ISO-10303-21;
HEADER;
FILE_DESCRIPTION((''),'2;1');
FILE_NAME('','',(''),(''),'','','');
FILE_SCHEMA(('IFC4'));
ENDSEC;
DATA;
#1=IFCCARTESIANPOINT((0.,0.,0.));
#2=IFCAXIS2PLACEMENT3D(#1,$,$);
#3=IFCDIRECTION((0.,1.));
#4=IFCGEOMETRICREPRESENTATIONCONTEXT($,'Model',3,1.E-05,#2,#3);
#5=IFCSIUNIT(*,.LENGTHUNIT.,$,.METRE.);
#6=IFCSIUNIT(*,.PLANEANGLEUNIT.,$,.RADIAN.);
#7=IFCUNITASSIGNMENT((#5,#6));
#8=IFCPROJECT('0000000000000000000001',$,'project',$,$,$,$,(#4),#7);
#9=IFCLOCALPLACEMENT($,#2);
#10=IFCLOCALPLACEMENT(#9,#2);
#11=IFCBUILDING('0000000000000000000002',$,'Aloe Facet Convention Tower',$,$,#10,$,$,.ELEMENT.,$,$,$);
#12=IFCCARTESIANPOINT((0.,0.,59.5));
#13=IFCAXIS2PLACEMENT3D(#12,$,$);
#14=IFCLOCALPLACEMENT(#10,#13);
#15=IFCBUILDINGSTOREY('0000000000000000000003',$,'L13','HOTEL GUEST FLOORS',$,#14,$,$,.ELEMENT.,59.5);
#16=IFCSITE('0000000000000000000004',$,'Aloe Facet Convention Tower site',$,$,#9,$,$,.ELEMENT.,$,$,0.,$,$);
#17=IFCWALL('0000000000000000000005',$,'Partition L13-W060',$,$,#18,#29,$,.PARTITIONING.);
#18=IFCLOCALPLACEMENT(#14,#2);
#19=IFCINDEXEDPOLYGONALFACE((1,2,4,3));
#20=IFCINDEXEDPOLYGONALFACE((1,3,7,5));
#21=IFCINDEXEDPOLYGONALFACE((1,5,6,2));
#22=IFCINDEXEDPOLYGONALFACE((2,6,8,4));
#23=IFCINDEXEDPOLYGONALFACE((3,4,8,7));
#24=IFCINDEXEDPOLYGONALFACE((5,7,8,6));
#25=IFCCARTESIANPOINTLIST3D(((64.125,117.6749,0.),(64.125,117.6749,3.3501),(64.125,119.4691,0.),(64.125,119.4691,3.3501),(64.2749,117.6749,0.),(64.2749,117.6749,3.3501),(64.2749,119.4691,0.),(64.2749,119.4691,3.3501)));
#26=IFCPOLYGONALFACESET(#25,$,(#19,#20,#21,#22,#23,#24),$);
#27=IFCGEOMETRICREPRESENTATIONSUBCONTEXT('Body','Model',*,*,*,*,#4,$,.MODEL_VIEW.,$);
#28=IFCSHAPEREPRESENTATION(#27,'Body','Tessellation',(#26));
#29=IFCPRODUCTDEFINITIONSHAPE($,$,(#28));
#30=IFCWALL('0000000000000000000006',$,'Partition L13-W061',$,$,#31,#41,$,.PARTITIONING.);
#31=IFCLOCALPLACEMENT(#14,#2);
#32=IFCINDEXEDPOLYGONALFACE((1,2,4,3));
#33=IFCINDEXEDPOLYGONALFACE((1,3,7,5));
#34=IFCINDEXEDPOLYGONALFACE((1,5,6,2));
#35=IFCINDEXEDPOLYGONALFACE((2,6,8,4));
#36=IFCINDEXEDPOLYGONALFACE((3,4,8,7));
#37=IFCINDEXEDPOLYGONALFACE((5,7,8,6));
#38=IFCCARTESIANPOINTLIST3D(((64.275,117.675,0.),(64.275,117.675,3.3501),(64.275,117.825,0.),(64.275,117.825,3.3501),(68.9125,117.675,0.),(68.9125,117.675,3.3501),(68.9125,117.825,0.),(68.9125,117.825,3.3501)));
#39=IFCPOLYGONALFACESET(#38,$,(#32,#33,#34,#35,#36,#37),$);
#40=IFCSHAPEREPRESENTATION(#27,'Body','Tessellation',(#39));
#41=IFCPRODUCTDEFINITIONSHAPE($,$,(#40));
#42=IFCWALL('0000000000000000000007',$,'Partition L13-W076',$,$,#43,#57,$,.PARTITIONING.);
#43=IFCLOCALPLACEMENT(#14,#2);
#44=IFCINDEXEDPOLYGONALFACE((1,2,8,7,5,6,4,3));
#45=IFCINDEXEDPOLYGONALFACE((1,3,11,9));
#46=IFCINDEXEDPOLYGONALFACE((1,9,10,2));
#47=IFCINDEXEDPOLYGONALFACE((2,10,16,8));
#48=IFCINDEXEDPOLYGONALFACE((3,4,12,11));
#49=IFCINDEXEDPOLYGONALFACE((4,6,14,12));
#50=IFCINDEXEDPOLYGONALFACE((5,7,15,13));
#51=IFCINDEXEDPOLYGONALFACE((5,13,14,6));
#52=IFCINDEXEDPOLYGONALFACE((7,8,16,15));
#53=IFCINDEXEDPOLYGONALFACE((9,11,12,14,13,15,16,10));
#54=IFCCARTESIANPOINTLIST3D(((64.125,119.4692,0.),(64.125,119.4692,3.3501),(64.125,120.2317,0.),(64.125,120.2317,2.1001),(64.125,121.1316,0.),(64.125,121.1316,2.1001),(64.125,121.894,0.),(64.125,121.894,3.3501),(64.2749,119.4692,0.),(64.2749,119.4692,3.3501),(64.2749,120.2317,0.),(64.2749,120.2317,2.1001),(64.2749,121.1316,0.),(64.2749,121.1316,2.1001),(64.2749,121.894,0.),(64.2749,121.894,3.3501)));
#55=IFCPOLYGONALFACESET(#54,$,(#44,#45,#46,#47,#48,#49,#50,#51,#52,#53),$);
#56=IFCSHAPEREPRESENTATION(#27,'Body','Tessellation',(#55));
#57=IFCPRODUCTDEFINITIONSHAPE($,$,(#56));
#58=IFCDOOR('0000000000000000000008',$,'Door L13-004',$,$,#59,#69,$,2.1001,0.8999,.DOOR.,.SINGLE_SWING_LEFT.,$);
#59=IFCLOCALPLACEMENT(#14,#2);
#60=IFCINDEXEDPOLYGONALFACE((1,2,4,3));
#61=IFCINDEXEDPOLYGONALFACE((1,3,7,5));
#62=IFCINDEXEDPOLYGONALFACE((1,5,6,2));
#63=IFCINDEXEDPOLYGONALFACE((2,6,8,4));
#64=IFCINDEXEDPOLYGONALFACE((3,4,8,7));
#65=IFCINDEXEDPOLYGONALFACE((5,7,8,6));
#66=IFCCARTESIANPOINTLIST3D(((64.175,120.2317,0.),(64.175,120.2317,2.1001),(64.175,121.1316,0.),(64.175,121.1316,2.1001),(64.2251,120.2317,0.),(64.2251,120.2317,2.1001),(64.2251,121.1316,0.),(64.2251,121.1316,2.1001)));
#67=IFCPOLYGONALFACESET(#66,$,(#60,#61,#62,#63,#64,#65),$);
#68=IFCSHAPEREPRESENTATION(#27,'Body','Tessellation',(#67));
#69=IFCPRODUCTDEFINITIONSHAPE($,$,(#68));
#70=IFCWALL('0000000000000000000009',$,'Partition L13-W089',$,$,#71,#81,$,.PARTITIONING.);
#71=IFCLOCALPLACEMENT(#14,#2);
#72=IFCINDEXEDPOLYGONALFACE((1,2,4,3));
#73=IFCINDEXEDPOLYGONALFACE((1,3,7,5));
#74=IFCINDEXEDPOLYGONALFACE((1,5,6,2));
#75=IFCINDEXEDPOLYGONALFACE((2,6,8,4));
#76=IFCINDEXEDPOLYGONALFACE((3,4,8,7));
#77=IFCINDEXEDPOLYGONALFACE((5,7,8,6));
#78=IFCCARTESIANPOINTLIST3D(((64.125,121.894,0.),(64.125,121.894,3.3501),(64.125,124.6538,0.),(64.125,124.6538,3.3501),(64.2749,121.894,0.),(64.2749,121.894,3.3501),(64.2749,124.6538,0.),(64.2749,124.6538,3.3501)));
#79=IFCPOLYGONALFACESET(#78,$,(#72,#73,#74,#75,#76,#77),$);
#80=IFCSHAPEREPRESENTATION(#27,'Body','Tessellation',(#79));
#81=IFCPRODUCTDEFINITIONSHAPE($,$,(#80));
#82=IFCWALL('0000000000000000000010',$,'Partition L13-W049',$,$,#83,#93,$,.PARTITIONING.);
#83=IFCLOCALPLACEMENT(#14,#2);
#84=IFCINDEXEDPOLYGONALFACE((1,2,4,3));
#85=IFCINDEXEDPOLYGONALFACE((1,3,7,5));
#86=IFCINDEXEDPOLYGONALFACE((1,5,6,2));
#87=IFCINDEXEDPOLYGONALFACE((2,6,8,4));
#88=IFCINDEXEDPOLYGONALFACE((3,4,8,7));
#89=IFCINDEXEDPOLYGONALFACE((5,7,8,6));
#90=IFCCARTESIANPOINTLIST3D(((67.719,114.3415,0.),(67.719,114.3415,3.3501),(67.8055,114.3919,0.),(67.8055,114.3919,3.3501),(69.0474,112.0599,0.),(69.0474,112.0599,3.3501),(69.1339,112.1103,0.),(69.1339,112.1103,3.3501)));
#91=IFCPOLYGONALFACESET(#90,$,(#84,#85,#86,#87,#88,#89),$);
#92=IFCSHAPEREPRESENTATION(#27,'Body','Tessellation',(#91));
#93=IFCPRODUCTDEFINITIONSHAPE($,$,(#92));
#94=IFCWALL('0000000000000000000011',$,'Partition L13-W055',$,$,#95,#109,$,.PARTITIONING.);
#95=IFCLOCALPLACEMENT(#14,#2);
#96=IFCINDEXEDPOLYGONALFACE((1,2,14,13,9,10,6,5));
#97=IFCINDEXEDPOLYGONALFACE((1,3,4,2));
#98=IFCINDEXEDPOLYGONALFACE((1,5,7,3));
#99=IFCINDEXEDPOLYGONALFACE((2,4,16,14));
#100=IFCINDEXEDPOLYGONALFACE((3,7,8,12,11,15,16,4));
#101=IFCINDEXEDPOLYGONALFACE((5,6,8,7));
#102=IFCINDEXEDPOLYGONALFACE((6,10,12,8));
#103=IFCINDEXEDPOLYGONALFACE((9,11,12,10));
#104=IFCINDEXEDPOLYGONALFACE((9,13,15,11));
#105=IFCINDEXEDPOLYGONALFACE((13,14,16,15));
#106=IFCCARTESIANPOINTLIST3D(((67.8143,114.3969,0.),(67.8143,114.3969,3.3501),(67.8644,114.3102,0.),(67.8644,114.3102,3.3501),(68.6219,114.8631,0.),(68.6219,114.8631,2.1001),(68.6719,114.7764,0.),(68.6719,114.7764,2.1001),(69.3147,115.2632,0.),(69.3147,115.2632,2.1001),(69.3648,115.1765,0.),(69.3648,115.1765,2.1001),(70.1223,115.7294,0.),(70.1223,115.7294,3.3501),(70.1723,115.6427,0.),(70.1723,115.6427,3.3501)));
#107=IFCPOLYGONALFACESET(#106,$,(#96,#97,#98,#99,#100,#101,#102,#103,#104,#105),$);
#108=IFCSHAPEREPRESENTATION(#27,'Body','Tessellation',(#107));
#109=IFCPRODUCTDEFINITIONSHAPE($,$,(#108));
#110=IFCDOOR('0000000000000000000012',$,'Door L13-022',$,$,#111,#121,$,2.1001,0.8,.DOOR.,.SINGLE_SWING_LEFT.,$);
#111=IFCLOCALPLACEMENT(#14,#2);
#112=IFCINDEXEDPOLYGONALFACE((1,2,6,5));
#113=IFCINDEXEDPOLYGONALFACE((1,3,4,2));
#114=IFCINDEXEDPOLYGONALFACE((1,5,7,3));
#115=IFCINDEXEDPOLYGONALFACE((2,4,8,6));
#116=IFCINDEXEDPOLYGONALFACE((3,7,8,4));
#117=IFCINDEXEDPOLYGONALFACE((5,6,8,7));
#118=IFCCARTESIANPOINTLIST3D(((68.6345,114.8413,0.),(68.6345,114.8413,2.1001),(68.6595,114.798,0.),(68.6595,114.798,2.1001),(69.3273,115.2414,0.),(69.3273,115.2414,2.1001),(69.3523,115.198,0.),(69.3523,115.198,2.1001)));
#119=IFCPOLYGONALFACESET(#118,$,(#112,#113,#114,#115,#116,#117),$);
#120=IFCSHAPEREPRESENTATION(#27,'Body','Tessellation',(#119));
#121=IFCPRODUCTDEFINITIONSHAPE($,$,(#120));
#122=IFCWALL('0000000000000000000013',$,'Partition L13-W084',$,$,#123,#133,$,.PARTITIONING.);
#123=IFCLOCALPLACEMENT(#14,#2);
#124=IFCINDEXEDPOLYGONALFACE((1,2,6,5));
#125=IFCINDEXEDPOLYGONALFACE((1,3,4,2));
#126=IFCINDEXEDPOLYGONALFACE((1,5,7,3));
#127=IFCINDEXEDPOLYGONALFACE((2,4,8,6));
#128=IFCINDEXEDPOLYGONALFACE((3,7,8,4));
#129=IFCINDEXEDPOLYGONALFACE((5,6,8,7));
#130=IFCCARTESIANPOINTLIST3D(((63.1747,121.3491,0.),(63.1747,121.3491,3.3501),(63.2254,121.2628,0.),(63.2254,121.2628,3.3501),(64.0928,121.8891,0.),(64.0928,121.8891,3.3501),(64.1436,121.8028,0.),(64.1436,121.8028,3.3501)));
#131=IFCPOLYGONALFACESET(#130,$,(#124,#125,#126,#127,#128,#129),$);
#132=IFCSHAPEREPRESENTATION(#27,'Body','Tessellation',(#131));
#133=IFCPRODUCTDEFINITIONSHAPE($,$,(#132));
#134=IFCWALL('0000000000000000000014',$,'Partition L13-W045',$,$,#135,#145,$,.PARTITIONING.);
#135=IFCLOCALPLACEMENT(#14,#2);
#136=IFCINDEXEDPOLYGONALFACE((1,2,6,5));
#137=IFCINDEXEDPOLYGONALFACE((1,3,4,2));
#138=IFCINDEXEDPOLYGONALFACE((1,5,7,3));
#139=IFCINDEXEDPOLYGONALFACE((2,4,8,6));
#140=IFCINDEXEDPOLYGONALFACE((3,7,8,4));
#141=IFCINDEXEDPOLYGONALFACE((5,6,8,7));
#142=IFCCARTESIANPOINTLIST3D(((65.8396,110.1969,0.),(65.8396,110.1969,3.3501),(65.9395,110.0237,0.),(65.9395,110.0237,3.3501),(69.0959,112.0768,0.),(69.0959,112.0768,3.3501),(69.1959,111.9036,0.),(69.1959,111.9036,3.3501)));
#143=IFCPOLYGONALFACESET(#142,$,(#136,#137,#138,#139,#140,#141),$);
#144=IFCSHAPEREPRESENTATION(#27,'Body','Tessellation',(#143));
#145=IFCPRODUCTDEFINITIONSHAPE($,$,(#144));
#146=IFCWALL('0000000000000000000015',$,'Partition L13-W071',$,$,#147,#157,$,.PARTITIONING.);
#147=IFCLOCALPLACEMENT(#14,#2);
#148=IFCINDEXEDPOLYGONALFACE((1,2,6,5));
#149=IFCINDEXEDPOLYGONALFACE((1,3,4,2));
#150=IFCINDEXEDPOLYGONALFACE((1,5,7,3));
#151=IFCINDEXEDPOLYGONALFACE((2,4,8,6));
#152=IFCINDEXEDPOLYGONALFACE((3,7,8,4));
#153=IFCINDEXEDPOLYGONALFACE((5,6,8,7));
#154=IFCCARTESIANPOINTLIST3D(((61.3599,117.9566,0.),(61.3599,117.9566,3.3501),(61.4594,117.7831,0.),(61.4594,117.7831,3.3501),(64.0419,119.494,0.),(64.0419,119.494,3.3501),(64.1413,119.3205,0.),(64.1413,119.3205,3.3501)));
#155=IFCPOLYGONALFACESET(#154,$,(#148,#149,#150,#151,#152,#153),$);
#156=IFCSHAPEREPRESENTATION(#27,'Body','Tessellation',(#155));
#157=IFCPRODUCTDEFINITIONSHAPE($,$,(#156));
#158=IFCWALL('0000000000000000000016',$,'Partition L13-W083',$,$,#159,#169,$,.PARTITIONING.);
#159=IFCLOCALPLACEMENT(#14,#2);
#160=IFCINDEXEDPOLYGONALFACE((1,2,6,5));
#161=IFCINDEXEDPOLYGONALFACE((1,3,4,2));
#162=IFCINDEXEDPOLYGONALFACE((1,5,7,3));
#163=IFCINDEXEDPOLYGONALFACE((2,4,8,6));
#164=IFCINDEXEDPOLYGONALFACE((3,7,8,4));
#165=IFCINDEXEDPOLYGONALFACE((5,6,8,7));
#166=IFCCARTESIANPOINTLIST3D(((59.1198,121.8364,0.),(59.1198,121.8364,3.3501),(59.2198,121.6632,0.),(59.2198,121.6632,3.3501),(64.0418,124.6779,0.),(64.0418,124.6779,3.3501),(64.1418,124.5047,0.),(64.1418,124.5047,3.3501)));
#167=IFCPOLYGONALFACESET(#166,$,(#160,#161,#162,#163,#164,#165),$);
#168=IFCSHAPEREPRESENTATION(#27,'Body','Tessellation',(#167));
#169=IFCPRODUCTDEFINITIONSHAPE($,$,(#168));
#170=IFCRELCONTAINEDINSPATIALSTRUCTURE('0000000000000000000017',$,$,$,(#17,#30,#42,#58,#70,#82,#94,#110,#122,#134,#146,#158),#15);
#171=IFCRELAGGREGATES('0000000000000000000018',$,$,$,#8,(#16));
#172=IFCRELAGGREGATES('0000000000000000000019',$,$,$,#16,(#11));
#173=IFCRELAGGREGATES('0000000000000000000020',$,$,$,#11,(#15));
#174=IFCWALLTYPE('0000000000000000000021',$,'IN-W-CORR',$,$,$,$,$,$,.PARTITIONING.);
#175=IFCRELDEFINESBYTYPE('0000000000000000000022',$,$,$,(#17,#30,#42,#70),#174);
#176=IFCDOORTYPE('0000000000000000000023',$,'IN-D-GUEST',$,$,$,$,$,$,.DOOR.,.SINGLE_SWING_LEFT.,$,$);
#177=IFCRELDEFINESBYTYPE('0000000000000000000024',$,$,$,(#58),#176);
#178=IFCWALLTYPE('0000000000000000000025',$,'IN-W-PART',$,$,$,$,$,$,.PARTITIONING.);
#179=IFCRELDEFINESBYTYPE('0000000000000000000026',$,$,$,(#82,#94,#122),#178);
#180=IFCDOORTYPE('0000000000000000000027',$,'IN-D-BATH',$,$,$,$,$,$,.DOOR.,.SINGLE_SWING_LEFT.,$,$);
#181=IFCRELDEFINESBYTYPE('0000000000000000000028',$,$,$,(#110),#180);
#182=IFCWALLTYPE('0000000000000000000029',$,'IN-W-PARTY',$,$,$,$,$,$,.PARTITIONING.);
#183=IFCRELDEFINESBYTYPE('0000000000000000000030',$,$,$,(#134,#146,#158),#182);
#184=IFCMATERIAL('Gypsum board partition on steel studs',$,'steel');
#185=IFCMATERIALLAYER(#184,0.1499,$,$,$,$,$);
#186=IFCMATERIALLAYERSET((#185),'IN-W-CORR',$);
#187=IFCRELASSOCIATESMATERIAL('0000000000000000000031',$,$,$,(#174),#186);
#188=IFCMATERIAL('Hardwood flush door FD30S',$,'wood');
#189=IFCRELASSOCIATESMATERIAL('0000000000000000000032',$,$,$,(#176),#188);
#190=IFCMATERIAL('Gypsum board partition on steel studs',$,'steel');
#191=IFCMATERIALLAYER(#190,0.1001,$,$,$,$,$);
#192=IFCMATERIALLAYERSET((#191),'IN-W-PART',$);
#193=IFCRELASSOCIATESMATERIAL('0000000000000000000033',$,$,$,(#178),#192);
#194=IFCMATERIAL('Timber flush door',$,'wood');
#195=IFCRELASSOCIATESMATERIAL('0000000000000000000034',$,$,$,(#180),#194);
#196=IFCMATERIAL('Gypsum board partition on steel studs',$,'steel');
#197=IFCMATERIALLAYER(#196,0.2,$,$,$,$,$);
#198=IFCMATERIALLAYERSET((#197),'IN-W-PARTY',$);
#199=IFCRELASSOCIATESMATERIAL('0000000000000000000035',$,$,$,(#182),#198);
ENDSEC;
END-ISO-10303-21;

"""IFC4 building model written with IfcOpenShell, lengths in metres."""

from ifc_helpers import new_model, si_unit, direction, frame, frame_2d, origin, place, context, subcontext, project, spatial, rectangle, extrude, material, layer, layer_set, type_object, element, fill, save


model = new_model("IFC4")

# Units and contexts
model_context = context("Model", 3, precision=1e-05, world=origin(), true_north=direction((0.0, 1.0)))
body_context = subcontext(model_context, "Body", "Model", "MODEL_VIEW")
ifc_project = project(units=[si_unit("LENGTHUNIT", "METRE"), si_unit("PLANEANGLEUNIT", "RADIAN")], contexts=[model_context])

# Site, building, storey
site_placement = place(None, origin())
site = spatial("IfcSite", under=ifc_project, at=site_placement, Name="Aloe Facet Convention Tower site", CompositionType="ELEMENT", RefElevation=0.0)
building_placement = place(site_placement, origin())
building = spatial("IfcBuilding", under=site, at=building_placement, Name="Aloe Facet Convention Tower", CompositionType="ELEMENT")
storey_placement = place(building_placement, frame((0.0, 0.0, 59.5)))
storey = spatial("IfcBuildingStorey", under=building, at=storey_placement, Name="L13", Description="HOTEL GUEST FLOORS", CompositionType="ELEMENT", Elevation=59.5)

# Walls
ifc_material_1 = material(Name="Gypsum board partition on steel studs", Category="steel")
ifc_layer_1 = layer(ifc_material_1, 0.1499)
ifc_layer_set_1 = layer_set([ifc_layer_1], Name="IN-W-CORR")
wall_type_1 = type_object("IfcWallType", Name="IN-W-CORR", PredefinedType="PARTITIONING", material=ifc_layer_set_1)
wall_1_placement = place(storey_placement, frame((64.2, 117.675, 0.0), z_axis=(0.0, 0.0, 1.0), x_axis=(0.0, 1.0, 0.0)))
element("IfcWall", 1, at=wall_1_placement, inside=storey, type_object=wall_type_1, Name="Partition L13-W060", PredefinedType="PARTITIONING", context=body_context, shape_type="SweptSolid", body=[
    extrude(rectangle(XDim=1.7942, YDim=0.1499, at=frame_2d((0.897, 0.0))), origin(), (0.0, 0.0, 1.0), 3.3501),
])
wall_2_placement = place(storey_placement, frame((64.2749, 117.75, 0.0), z_axis=(0.0, 0.0, 1.0), x_axis=(1.0, 0.0, 0.0)))
element("IfcWall", 2, at=wall_2_placement, inside=storey, type_object=wall_type_1, Name="Partition L13-W061", PredefinedType="PARTITIONING", context=body_context, shape_type="SweptSolid", body=[
    extrude(rectangle(XDim=4.6375, YDim=0.1499, at=frame_2d((2.3188, 0.0))), origin(), (0.0, 0.0, 1.0), 3.3501),
])

# Wall, opening, door
wall_3_placement = place(storey_placement, frame((64.2, 119.4692, 0.0), z_axis=(0.0, 0.0, 1.0), x_axis=(0.0, 1.0, 0.0)))
wall_3 = element("IfcWall", 3, at=wall_3_placement, inside=storey, type_object=wall_type_1, Name="Partition L13-W076", PredefinedType="PARTITIONING", context=body_context, shape_type="SweptSolid", body=[
    extrude(rectangle(XDim=2.4248, YDim=0.1499, at=frame_2d((1.2124, 0.0))), origin(), (0.0, 0.0, 1.0), 3.3501),
])
opening_1_placement = place(wall_3_placement, frame((0.7625, 0.0, 0.0)))
opening_1 = element("IfcOpeningElement", 4, at=opening_1_placement, cuts=wall_3, PredefinedType="OPENING", context=body_context, shape_type="SweptSolid", body=[
    extrude(rectangle(XDim=0.8999, YDim=2.1001, at=frame_2d((0.45, 1.05))), frame((0.0, 0.085, 0.0), z_axis=(0.0, -1.0, 0.0), x_axis=(1.0, 0.0, 0.0)), (0.0, 0.0, 1.0), 0.1699),
])
ifc_material_2 = material(Name="Hardwood flush door FD30S", Category="wood")
door_type_1 = type_object("IfcDoorType", Name="IN-D-GUEST", OperationType="SINGLE_SWING_LEFT", PredefinedType="DOOR", material=ifc_material_2)
door_1_placement = place(opening_1_placement, origin())
door_1 = element("IfcDoor", 5, at=door_1_placement, inside=storey, type_object=door_type_1, Name="Door L13-004", OperationType="SINGLE_SWING_LEFT", OverallHeight=2.1001, OverallWidth=0.8999, PredefinedType="DOOR", context=body_context, shape_type="SweptSolid", body=[
    extrude(rectangle(XDim=0.8999, YDim=2.1001, at=frame_2d((0.45, 1.05))), frame((0.0, 0.0249, 0.0), z_axis=(0.0, -1.0, 0.0), x_axis=(1.0, 0.0, 0.0)), (0.0, 0.0, 1.0), 0.05),
])
fill(opening_1, door_1)

# Walls
wall_4_placement = place(storey_placement, frame((64.2, 121.894, 0.0), z_axis=(0.0, 0.0, 1.0), x_axis=(0.0, 1.0, 0.0)))
element("IfcWall", 6, at=wall_4_placement, inside=storey, type_object=wall_type_1, Name="Partition L13-W089", PredefinedType="PARTITIONING", context=body_context, shape_type="SweptSolid", body=[
    extrude(rectangle(XDim=2.7598, YDim=0.1499, at=frame_2d((1.3799, 0.0))), origin(), (0.0, 0.0, 1.0), 3.3501),
])
ifc_material_3 = material(Name="Gypsum board partition on steel studs", Category="steel")
ifc_layer_2 = layer(ifc_material_3, 0.1001)
ifc_layer_set_2 = layer_set([ifc_layer_2], Name="IN-W-PART")
wall_type_2 = type_object("IfcWallType", Name="IN-W-PART", PredefinedType="PARTITIONING", material=ifc_layer_set_2)
wall_5_placement = place(storey_placement, frame((67.7622, 114.3667, 0.0), z_axis=(0.0, 0.0, 1.0), x_axis=(0.503164, -0.864191, 0.0)))
element("IfcWall", 7, at=wall_5_placement, inside=storey, type_object=wall_type_2, Name="Partition L13-W049", PredefinedType="PARTITIONING", context=body_context, shape_type="SweptSolid", body=[
    extrude(rectangle(XDim=2.6401, YDim=0.1001, at=frame_2d((1.3201, 0.0))), origin(), (0.0, 0.0, 1.0), 3.3501),
])

# Wall, opening, door
wall_6_placement = place(storey_placement, frame((67.8394, 114.3535, 0.0), z_axis=(0.0, 0.0, 1.0), x_axis=(0.866013, 0.500021, 0.0)))
wall_6 = element("IfcWall", 8, at=wall_6_placement, inside=storey, type_object=wall_type_2, Name="Partition L13-W055", PredefinedType="PARTITIONING", context=body_context, shape_type="SweptSolid", body=[
    extrude(rectangle(XDim=2.665, YDim=0.1001, at=frame_2d((1.3325, 0.0))), origin(), (0.0, 0.0, 1.0), 3.3501),
])
opening_2_placement = place(wall_6_placement, frame((0.9326, 0.0, 0.0)))
opening_2 = element("IfcOpeningElement", 9, at=opening_2_placement, cuts=wall_6, PredefinedType="OPENING", context=body_context, shape_type="SweptSolid", body=[
    extrude(rectangle(XDim=0.8, YDim=2.1001, at=frame_2d((0.3999, 1.05))), frame((0.0, 0.0601, 0.0), z_axis=(0.0, -1.0, 0.0), x_axis=(1.0, 0.0, 0.0)), (0.0, 0.0, 1.0), 0.1201),
])
ifc_material_4 = material(Name="Timber flush door", Category="wood")
door_type_2 = type_object("IfcDoorType", Name="IN-D-BATH", OperationType="SINGLE_SWING_LEFT", PredefinedType="DOOR", material=ifc_material_4)
door_2_placement = place(opening_2_placement, origin())
door_2 = element("IfcDoor", 10, at=door_2_placement, inside=storey, type_object=door_type_2, Name="Door L13-022", OperationType="SINGLE_SWING_LEFT", OverallHeight=2.1001, OverallWidth=0.8, PredefinedType="DOOR", context=body_context, shape_type="SweptSolid", body=[
    extrude(rectangle(XDim=0.8, YDim=2.1001, at=frame_2d((0.3999, 1.05))), frame((0.0, 0.0249, 0.0), z_axis=(0.0, -1.0, 0.0), x_axis=(1.0, 0.0, 0.0)), (0.0, 0.0, 1.0), 0.05),
])
fill(opening_2, door_2)

# Walls
wall_7_placement = place(storey_placement, frame((63.2, 121.3059, 0.0), z_axis=(0.0, 0.0, 1.0), x_axis=(0.86197, 0.50696, 0.0)))
element("IfcWall", 11, at=wall_7_placement, inside=storey, type_object=wall_type_2, Name="Partition L13-W084", PredefinedType="PARTITIONING", context=body_context, shape_type="SweptSolid", body=[
    extrude(rectangle(XDim=1.0652, YDim=0.1001, at=frame_2d((0.5327, 0.0))), origin(), (0.0, 0.0, 1.0), 3.3501),
])
ifc_material_5 = material(Name="Gypsum board partition on steel studs", Category="steel")
ifc_layer_3 = layer(ifc_material_5, 0.2)
ifc_layer_set_3 = layer_set([ifc_layer_3], Name="IN-W-PARTY")
wall_type_3 = type_object("IfcWallType", Name="IN-W-PARTY", PredefinedType="PARTITIONING", material=ifc_layer_set_3)
wall_8_placement = place(storey_placement, frame((65.8896, 110.1104, 0.0), z_axis=(0.0, 0.0, 1.0), x_axis=(0.866045, 0.499966, 0.0)))
element("IfcWall", 12, at=wall_8_placement, inside=storey, type_object=wall_type_3, Name="Partition L13-W045", PredefinedType="PARTITIONING", context=body_context, shape_type="SweptSolid", body=[
    extrude(rectangle(XDim=3.76, YDim=0.2, at=frame_2d((1.8799, 0.0))), origin(), (0.0, 0.0, 1.0), 3.3501),
])
wall_9_placement = place(storey_placement, frame((61.4097, 117.8699, 0.0), z_axis=(0.0, 0.0, 1.0), x_axis=(0.867567, 0.497321, 0.0)))
element("IfcWall", 13, at=wall_9_placement, inside=storey, type_object=wall_type_3, Name="Partition L13-W071", PredefinedType="PARTITIONING", context=body_context, shape_type="SweptSolid", body=[
    extrude(rectangle(XDim=3.0913, YDim=0.2, at=frame_2d((1.5457, 0.0))), origin(), (0.0, 0.0, 1.0), 3.3501),
])
wall_10_placement = place(storey_placement, frame((59.1697, 121.7498, 0.0), z_axis=(0.0, 0.0, 1.0), x_axis=(0.866043, 0.499969, 0.0)))
element("IfcWall", 14, at=wall_10_placement, inside=storey, type_object=wall_type_3, Name="Partition L13-W083", PredefinedType="PARTITIONING", context=body_context, shape_type="SweptSolid", body=[
    extrude(rectangle(XDim=5.6833, YDim=0.2, at=frame_2d((2.8418, 0.0))), origin(), (0.0, 0.0, 1.0), 3.3501),
])

save(model, "model.ifc")
